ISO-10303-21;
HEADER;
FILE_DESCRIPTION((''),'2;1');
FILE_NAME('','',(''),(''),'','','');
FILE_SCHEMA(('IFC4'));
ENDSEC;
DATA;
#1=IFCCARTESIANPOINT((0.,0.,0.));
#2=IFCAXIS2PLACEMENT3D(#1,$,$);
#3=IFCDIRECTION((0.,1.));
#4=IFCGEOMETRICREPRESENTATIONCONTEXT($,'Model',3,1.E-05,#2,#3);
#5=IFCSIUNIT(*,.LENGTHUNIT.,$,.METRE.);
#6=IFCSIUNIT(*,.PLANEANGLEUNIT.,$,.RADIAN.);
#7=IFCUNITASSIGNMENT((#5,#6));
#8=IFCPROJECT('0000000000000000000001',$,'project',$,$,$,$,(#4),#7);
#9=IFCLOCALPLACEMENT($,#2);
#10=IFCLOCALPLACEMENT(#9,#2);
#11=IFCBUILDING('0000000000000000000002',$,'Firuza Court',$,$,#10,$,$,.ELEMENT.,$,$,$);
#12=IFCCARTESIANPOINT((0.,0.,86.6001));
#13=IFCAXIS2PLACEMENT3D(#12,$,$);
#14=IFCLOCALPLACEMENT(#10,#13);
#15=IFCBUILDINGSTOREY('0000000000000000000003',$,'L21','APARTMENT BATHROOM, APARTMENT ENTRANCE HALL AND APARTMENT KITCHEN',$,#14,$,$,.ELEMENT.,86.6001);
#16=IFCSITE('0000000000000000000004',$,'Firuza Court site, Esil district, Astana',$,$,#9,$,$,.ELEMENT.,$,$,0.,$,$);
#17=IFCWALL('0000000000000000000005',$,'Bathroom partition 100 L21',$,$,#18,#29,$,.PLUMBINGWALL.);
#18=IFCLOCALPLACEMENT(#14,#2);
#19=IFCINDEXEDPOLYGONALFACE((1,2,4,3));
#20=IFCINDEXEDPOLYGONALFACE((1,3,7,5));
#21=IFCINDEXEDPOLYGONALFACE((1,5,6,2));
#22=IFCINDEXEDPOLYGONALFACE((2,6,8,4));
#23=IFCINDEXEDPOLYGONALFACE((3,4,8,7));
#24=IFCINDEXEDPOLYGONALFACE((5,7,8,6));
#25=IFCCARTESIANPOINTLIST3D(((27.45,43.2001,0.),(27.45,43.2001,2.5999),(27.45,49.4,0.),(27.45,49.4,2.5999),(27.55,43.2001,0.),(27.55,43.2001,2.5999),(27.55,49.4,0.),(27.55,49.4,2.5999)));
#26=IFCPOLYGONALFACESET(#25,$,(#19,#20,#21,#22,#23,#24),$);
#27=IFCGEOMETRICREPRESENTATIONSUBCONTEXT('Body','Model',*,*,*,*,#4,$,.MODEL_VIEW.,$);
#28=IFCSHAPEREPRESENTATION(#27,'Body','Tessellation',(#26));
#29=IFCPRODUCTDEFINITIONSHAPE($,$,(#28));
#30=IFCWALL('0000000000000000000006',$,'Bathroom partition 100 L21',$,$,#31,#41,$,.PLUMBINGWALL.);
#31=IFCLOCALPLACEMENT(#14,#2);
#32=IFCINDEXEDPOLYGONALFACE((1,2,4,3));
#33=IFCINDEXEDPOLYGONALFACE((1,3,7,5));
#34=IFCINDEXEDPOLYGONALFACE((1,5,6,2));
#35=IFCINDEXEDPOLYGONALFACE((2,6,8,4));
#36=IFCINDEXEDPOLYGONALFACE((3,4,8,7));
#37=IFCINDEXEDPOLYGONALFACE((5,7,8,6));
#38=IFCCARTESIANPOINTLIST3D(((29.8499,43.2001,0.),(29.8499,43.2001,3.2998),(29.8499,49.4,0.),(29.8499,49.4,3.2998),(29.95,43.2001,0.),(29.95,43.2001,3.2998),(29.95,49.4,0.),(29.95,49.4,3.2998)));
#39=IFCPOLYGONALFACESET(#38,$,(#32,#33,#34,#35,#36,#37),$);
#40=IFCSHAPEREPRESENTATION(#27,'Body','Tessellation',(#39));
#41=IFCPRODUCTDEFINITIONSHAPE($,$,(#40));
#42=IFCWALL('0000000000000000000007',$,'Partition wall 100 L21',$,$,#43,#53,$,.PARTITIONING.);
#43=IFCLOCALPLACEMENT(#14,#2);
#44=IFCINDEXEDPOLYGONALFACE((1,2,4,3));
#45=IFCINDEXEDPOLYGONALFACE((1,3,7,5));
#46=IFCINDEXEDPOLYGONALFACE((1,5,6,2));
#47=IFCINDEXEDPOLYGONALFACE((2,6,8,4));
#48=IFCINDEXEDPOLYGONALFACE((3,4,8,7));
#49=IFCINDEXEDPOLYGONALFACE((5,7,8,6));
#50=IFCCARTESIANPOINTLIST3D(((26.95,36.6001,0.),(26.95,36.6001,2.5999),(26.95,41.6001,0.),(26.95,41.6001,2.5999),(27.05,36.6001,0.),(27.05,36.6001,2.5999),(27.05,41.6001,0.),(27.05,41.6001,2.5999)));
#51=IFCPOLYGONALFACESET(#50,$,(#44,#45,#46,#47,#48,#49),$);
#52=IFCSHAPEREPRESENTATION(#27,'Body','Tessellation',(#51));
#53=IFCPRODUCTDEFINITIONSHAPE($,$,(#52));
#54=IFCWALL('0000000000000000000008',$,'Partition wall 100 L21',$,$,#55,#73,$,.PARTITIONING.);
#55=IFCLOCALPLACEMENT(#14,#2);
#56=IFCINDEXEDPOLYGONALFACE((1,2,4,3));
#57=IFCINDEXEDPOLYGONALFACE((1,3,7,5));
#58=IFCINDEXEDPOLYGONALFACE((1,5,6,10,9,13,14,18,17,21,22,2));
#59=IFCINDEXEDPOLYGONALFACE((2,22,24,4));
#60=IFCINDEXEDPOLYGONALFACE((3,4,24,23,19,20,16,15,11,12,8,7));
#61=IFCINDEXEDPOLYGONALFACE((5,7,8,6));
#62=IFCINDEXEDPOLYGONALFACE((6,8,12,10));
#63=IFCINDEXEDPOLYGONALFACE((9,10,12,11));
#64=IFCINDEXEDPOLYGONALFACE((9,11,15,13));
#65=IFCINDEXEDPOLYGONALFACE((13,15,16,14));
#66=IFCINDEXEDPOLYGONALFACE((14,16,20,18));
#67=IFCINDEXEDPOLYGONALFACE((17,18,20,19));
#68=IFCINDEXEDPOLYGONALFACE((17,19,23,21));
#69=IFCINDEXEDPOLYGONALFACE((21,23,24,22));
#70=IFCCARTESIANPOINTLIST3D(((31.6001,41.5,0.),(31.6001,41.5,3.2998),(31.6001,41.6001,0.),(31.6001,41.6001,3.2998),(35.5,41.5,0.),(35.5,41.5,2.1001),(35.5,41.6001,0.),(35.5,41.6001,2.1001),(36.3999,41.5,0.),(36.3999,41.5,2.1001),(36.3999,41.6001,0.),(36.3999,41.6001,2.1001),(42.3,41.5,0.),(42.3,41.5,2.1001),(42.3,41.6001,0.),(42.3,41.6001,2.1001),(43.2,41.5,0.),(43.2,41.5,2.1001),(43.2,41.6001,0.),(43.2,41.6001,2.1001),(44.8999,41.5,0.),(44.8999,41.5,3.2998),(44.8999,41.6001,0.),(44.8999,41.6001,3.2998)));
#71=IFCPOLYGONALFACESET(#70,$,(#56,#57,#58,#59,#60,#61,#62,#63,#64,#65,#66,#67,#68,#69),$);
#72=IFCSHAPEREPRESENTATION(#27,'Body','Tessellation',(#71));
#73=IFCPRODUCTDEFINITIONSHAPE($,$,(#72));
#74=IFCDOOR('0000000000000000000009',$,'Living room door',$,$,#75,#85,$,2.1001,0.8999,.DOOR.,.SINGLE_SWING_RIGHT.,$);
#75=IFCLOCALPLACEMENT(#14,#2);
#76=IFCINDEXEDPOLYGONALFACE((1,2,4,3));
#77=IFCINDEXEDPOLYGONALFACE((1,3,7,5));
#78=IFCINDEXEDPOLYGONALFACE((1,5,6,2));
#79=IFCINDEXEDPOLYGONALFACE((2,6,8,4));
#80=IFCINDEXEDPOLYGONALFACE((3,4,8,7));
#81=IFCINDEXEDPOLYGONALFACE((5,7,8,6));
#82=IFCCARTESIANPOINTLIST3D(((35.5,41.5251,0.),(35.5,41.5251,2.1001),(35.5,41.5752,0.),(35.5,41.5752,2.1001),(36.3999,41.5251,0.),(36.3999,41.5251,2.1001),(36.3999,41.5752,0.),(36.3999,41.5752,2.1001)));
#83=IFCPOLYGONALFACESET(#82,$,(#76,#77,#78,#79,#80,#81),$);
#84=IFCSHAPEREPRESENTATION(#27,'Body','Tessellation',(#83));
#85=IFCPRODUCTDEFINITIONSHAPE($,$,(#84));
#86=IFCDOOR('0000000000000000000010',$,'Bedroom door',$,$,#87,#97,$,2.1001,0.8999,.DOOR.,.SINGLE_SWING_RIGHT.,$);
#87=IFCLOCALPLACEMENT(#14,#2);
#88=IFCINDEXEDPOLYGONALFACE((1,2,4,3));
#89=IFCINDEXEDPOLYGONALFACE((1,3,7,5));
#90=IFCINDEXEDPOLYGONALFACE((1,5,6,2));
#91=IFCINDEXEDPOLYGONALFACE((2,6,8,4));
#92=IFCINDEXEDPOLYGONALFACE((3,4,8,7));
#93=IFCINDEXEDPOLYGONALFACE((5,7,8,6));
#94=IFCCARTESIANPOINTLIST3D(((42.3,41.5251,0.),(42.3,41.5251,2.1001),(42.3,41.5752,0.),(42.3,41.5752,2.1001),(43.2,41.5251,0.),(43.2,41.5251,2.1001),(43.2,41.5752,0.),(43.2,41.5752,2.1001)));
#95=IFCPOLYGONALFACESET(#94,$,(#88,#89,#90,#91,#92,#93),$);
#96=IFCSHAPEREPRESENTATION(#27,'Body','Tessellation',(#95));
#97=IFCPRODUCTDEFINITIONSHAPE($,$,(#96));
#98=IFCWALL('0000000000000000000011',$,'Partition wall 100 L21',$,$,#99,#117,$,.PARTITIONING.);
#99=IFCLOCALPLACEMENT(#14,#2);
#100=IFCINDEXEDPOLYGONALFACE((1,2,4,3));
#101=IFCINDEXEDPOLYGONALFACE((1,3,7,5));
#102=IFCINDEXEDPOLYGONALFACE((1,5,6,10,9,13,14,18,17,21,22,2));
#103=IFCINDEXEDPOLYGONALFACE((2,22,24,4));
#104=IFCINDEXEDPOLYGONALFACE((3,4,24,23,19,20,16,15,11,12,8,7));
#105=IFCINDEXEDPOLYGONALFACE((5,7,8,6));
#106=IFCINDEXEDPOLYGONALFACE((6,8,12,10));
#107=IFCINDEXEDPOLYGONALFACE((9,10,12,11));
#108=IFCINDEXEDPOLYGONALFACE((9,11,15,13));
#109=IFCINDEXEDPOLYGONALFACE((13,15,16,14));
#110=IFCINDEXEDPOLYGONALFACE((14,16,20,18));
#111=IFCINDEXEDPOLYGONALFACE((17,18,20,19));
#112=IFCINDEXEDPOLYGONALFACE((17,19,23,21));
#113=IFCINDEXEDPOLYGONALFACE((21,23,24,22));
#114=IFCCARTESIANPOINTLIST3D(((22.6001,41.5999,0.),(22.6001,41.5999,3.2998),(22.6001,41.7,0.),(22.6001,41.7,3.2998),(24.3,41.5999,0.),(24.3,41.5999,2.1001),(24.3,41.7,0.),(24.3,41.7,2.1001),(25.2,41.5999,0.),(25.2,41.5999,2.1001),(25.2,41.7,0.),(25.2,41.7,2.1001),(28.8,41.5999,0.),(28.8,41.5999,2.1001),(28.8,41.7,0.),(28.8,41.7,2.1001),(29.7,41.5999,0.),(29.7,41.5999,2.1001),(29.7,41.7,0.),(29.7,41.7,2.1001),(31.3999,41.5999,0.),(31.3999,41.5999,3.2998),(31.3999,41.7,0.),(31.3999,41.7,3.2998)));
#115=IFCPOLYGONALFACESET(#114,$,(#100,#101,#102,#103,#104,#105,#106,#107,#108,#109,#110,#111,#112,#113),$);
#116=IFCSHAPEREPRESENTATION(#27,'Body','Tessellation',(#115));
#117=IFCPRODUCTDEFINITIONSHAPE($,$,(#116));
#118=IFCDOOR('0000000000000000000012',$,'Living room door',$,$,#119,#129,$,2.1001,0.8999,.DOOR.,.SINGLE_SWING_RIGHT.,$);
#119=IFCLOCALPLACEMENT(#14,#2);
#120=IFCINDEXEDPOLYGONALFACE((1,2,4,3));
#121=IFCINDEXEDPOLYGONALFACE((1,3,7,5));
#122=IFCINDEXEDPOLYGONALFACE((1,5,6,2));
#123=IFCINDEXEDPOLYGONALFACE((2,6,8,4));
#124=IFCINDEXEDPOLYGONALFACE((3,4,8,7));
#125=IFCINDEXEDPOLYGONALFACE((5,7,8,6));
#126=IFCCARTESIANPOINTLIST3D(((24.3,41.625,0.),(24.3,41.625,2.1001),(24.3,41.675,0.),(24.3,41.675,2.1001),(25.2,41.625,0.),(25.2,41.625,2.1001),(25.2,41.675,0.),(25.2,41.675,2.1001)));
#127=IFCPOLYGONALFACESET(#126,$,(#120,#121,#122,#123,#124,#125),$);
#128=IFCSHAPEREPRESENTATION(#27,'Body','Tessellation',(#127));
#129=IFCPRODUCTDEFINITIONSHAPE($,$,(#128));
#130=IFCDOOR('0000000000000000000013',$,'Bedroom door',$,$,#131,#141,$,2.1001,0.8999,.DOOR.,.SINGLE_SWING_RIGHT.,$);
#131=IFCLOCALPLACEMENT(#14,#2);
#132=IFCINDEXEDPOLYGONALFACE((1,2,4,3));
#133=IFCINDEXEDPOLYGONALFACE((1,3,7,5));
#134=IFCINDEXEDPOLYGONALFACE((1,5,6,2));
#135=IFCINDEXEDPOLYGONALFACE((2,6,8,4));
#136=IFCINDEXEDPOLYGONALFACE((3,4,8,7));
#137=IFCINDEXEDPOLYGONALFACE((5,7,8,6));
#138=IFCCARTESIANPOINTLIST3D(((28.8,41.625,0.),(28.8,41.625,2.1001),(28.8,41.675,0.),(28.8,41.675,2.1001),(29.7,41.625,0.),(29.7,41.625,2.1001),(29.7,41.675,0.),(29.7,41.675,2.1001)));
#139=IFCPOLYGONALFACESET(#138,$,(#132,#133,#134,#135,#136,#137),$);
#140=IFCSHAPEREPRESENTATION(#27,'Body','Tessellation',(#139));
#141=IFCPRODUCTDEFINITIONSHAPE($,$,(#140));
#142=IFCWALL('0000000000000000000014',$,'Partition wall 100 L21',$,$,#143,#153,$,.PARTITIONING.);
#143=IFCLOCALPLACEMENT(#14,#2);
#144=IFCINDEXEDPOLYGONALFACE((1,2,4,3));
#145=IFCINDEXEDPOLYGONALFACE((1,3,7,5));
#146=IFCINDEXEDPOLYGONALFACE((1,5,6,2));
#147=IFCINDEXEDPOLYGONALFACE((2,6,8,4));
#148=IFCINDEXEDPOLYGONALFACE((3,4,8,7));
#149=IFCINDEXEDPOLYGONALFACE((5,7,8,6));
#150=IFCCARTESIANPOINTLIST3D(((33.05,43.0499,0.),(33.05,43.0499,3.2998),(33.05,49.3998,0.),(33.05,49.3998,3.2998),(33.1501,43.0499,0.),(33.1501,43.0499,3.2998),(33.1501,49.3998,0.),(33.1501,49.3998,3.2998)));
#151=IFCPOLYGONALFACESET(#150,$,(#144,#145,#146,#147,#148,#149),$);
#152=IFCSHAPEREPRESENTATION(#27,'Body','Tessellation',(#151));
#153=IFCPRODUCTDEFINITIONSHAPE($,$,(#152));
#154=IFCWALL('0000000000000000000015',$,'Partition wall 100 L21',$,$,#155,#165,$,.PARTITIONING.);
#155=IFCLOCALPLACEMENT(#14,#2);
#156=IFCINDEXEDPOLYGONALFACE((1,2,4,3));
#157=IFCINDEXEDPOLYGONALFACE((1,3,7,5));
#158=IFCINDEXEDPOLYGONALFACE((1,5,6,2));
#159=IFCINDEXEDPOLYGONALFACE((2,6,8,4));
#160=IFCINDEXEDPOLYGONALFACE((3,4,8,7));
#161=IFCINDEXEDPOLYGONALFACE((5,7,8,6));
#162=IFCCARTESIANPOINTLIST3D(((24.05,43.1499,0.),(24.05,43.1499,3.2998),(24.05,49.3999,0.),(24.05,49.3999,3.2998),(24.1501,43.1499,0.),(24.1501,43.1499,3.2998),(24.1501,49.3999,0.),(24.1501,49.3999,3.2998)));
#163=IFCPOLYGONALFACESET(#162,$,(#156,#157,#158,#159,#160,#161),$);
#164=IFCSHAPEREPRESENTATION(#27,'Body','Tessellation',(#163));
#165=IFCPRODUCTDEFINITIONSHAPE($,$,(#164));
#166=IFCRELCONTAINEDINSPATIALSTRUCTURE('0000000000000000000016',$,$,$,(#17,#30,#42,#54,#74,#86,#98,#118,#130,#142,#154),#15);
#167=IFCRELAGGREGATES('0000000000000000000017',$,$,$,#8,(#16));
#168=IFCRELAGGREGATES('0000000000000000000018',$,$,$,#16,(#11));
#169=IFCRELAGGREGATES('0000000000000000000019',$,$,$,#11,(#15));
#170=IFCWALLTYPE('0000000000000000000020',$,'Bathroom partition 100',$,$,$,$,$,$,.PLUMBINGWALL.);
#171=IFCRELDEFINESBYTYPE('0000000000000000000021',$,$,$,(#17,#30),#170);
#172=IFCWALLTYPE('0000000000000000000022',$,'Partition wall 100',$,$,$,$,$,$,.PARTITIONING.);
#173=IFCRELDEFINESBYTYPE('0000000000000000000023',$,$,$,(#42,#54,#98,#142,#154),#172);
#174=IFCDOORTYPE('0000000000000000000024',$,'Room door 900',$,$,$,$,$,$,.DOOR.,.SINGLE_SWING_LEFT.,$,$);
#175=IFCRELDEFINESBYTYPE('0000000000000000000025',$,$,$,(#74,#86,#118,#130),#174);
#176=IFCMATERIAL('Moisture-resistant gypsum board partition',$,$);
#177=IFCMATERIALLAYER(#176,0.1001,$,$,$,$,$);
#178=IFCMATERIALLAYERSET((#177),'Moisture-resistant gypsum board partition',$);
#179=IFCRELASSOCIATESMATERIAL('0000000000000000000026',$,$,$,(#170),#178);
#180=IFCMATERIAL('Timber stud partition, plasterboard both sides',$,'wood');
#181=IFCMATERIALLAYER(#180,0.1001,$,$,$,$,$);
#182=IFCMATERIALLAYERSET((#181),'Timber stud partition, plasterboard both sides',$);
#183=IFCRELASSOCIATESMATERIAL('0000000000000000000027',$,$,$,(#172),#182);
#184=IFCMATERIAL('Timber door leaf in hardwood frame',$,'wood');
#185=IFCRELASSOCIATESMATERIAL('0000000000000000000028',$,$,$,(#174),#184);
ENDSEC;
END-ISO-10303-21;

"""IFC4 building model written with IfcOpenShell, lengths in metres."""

from ifc_helpers import new_model, si_unit, direction, frame, frame_2d, origin, place, context, subcontext, project, spatial, rectangle, extrude, material, layer, layer_set, type_object, element, fill, save


model = new_model("IFC4")

# Units and contexts
model_context = context("Model", 3, precision=1e-05, world=origin(), true_north=direction((0.0, 1.0)))
body_context = subcontext(model_context, "Body", "Model", "MODEL_VIEW")
ifc_project = project(units=[si_unit("LENGTHUNIT", "METRE"), si_unit("PLANEANGLEUNIT", "RADIAN")], contexts=[model_context])

# Site, building, storey
site_placement = place(None, origin())
site = spatial("IfcSite", under=ifc_project, at=site_placement, Name="Firuza Court site, Esil district, Astana", CompositionType="ELEMENT", RefElevation=0.0)
building_placement = place(site_placement, origin())
building = spatial("IfcBuilding", under=site, at=building_placement, Name="Firuza Court", CompositionType="ELEMENT")
storey_placement = place(building_placement, frame((0.0, 0.0, 86.6001)))
storey = spatial("IfcBuildingStorey", under=building, at=storey_placement, Name="L21", Description="APARTMENT BATHROOM, APARTMENT ENTRANCE HALL AND APARTMENT KITCHEN", CompositionType="ELEMENT", Elevation=86.6001)

# Walls
ifc_material_1 = material(Name="Moisture-resistant gypsum board partition")
ifc_layer_1 = layer(ifc_material_1, 0.1001)
ifc_layer_set_1 = layer_set([ifc_layer_1], Name="Moisture-resistant gypsum board partition")
wall_type_1 = type_object("IfcWallType", Name="Bathroom partition 100", PredefinedType="PLUMBINGWALL", material=ifc_layer_set_1)
wall_1_placement = place(storey_placement, frame((27.5, 43.2, 0.0), z_axis=(0.0, 0.0, 1.0), x_axis=(0.0, 1.0, 0.0)))
element("IfcWall", 1, at=wall_1_placement, inside=storey, type_object=wall_type_1, Name="Bathroom partition 100 L21", PredefinedType="PLUMBINGWALL", context=body_context, shape_type="SweptSolid", body=[
    extrude(rectangle(XDim=6.2, YDim=0.1001, at=frame_2d((3.1001, 0.0))), origin(), (0.0, 0.0, 1.0), 2.5999),
])
wall_2_placement = place(storey_placement, frame((29.8999, 43.2, 0.0), z_axis=(0.0, 0.0, 1.0), x_axis=(0.0, 1.0, 0.0)))
element("IfcWall", 2, at=wall_2_placement, inside=storey, type_object=wall_type_1, Name="Bathroom partition 100 L21", PredefinedType="PLUMBINGWALL", context=body_context, shape_type="SweptSolid", body=[
    extrude(rectangle(XDim=6.2, YDim=0.1001, at=frame_2d((3.1001, 0.0))), origin(), (0.0, 0.0, 1.0), 3.2998),
])
ifc_material_2 = material(Name="Timber stud partition, plasterboard both sides", Category="wood")
ifc_layer_2 = layer(ifc_material_2, 0.1001)
ifc_layer_set_2 = layer_set([ifc_layer_2], Name="Timber stud partition, plasterboard both sides")
wall_type_2 = type_object("IfcWallType", Name="Partition wall 100", PredefinedType="PARTITIONING", material=ifc_layer_set_2)
wall_3_placement = place(storey_placement, frame((27.0, 36.6001, 0.0), z_axis=(0.0, 0.0, 1.0), x_axis=(0.0, 1.0, 0.0)))
element("IfcWall", 3, at=wall_3_placement, inside=storey, type_object=wall_type_2, Name="Partition wall 100 L21", PredefinedType="PARTITIONING", context=body_context, shape_type="SweptSolid", body=[
    extrude(rectangle(XDim=5.0, YDim=0.1001, at=frame_2d((2.5, 0.0))), origin(), (0.0, 0.0, 1.0), 2.5999),
])

# Walls, openings, doors
wall_4_placement = place(storey_placement, frame((31.6001, 41.55, 0.0), z_axis=(0.0, 0.0, 1.0), x_axis=(1.0, 0.0, 0.0)))
wall_4 = element("IfcWall", 4, at=wall_4_placement, inside=storey, type_object=wall_type_2, Name="Partition wall 100 L21", PredefinedType="PARTITIONING", context=body_context, shape_type="SweptSolid", body=[
    extrude(rectangle(XDim=13.2998, YDim=0.1001, at=frame_2d((6.6499, 0.0))), origin(), (0.0, 0.0, 1.0), 3.2998),
])
opening_1_placement = place(wall_4_placement, frame((3.8999, 0.0, 0.0)))
opening_1 = element("IfcOpeningElement", 5, at=opening_1_placement, cuts=wall_4, PredefinedType="OPENING", context=body_context, shape_type="SweptSolid", body=[
    extrude(rectangle(XDim=0.8999, YDim=2.1001, at=frame_2d((0.45, 1.05))), frame((0.0, 0.062, 0.0), z_axis=(0.0, -1.0, 0.0), x_axis=(1.0, 0.0, 0.0)), (0.0, 0.0, 1.0), 0.124),
])
opening_2_placement = place(wall_4_placement, frame((10.7, 0.0, 0.0)))
opening_2 = element("IfcOpeningElement", 6, at=opening_2_placement, cuts=wall_4, PredefinedType="OPENING", context=body_context, shape_type="SweptSolid", body=[
    extrude(rectangle(XDim=0.8999, YDim=2.1001, at=frame_2d((0.45, 1.05))), frame((0.0, 0.062, 0.0), z_axis=(0.0, -1.0, 0.0), x_axis=(1.0, 0.0, 0.0)), (0.0, 0.0, 1.0), 0.124),
])
ifc_material_3 = material(Name="Timber door leaf in hardwood frame", Category="wood")
door_type_1 = type_object("IfcDoorType", Name="Room door 900", OperationType="SINGLE_SWING_LEFT", PredefinedType="DOOR", material=ifc_material_3)
door_1_placement = place(opening_1_placement, frame((0.8999, 0.0, 0.0), z_axis=(0.0, 0.0, 1.0), x_axis=(-1.0, 0.0, 0.0)))
door_1 = element("IfcDoor", 7, at=door_1_placement, inside=storey, type_object=door_type_1, Name="Living room door", OperationType="SINGLE_SWING_RIGHT", OverallHeight=2.1001, OverallWidth=0.8999, PredefinedType="DOOR", context=body_context, shape_type="SweptSolid", body=[
    extrude(rectangle(XDim=0.8999, YDim=2.1001, at=frame_2d((0.45, 1.05))), frame((0.0, 0.0249, 0.0), z_axis=(0.0, -1.0, 0.0), x_axis=(1.0, 0.0, 0.0)), (0.0, 0.0, 1.0), 0.05),
])
fill(opening_1, door_1)
door_2_placement = place(opening_2_placement, frame((0.8999, 0.0, 0.0), z_axis=(0.0, 0.0, 1.0), x_axis=(-1.0, 0.0, 0.0)))
door_2 = element("IfcDoor", 8, at=door_2_placement, inside=storey, type_object=door_type_1, Name="Bedroom door", OperationType="SINGLE_SWING_RIGHT", OverallHeight=2.1001, OverallWidth=0.8999, PredefinedType="DOOR", context=body_context, shape_type="SweptSolid", body=[
    extrude(rectangle(XDim=0.8999, YDim=2.1001, at=frame_2d((0.45, 1.05))), frame((0.0, 0.0249, 0.0), z_axis=(0.0, -1.0, 0.0), x_axis=(1.0, 0.0, 0.0)), (0.0, 0.0, 1.0), 0.05),
])
fill(opening_2, door_2)
wall_5_placement = place(storey_placement, frame((22.6001, 41.6499, 0.0), z_axis=(0.0, 0.0, 1.0), x_axis=(1.0, 0.0, 0.0)))
wall_5 = element("IfcWall", 9, at=wall_5_placement, inside=storey, type_object=wall_type_2, Name="Partition wall 100 L21", PredefinedType="PARTITIONING", context=body_context, shape_type="SweptSolid", body=[
    extrude(rectangle(XDim=8.7998, YDim=0.1001, at=frame_2d((4.3999, 0.0))), origin(), (0.0, 0.0, 1.0), 3.2998),
])
opening_3_placement = place(wall_5_placement, frame((1.7, 0.0, 0.0)))
opening_3 = element("IfcOpeningElement", 10, at=opening_3_placement, cuts=wall_5, PredefinedType="OPENING", context=body_context, shape_type="SweptSolid", body=[
    extrude(rectangle(XDim=0.8999, YDim=2.1001, at=frame_2d((0.45, 1.05))), frame((0.0, 0.062, 0.0), z_axis=(0.0, -1.0, 0.0), x_axis=(1.0, 0.0, 0.0)), (0.0, 0.0, 1.0), 0.124),
])
opening_4_placement = place(wall_5_placement, frame((6.2, 0.0, 0.0)))
opening_4 = element("IfcOpeningElement", 11, at=opening_4_placement, cuts=wall_5, PredefinedType="OPENING", context=body_context, shape_type="SweptSolid", body=[
    extrude(rectangle(XDim=0.8999, YDim=2.1001, at=frame_2d((0.45, 1.05))), frame((0.0, 0.062, 0.0), z_axis=(0.0, -1.0, 0.0), x_axis=(1.0, 0.0, 0.0)), (0.0, 0.0, 1.0), 0.124),
])
door_3_placement = place(opening_3_placement, frame((0.8999, 0.0, 0.0), z_axis=(0.0, 0.0, 1.0), x_axis=(-1.0, 0.0, 0.0)))
door_3 = element("IfcDoor", 12, at=door_3_placement, inside=storey, type_object=door_type_1, Name="Living room door", OperationType="SINGLE_SWING_RIGHT", OverallHeight=2.1001, OverallWidth=0.8999, PredefinedType="DOOR", context=body_context, shape_type="SweptSolid", body=[
    extrude(rectangle(XDim=0.8999, YDim=2.1001, at=frame_2d((0.45, 1.05))), frame((0.0, 0.0249, 0.0), z_axis=(0.0, -1.0, 0.0), x_axis=(1.0, 0.0, 0.0)), (0.0, 0.0, 1.0), 0.05),
])
fill(opening_3, door_3)
door_4_placement = place(opening_4_placement, frame((0.8999, 0.0, 0.0), z_axis=(0.0, 0.0, 1.0), x_axis=(-1.0, 0.0, 0.0)))
door_4 = element("IfcDoor", 13, at=door_4_placement, inside=storey, type_object=door_type_1, Name="Bedroom door", OperationType="SINGLE_SWING_RIGHT", OverallHeight=2.1001, OverallWidth=0.8999, PredefinedType="DOOR", context=body_context, shape_type="SweptSolid", body=[
    extrude(rectangle(XDim=0.8999, YDim=2.1001, at=frame_2d((0.45, 1.05))), frame((0.0, 0.0249, 0.0), z_axis=(0.0, -1.0, 0.0), x_axis=(1.0, 0.0, 0.0)), (0.0, 0.0, 1.0), 0.05),
])
fill(opening_4, door_4)

# Walls
wall_6_placement = place(storey_placement, frame((33.1001, 43.05, 0.0), z_axis=(0.0, 0.0, 1.0), x_axis=(0.0, 1.0, 0.0)))
element("IfcWall", 14, at=wall_6_placement, inside=storey, type_object=wall_type_2, Name="Partition wall 100 L21", PredefinedType="PARTITIONING", context=body_context, shape_type="SweptSolid", body=[
    extrude(rectangle(XDim=6.3499, YDim=0.1001, at=frame_2d((3.1748, 0.0))), origin(), (0.0, 0.0, 1.0), 3.2998),
])
wall_7_placement = place(storey_placement, frame((24.1001, 43.1499, 0.0), z_axis=(0.0, 0.0, 1.0), x_axis=(0.0, 1.0, 0.0)))
element("IfcWall", 15, at=wall_7_placement, inside=storey, type_object=wall_type_2, Name="Partition wall 100 L21", PredefinedType="PARTITIONING", context=body_context, shape_type="SweptSolid", body=[
    extrude(rectangle(XDim=6.25, YDim=0.1001, at=frame_2d((3.125, 0.0))), origin(), (0.0, 0.0, 1.0), 3.2998),
])

save(model, "model.ifc")
